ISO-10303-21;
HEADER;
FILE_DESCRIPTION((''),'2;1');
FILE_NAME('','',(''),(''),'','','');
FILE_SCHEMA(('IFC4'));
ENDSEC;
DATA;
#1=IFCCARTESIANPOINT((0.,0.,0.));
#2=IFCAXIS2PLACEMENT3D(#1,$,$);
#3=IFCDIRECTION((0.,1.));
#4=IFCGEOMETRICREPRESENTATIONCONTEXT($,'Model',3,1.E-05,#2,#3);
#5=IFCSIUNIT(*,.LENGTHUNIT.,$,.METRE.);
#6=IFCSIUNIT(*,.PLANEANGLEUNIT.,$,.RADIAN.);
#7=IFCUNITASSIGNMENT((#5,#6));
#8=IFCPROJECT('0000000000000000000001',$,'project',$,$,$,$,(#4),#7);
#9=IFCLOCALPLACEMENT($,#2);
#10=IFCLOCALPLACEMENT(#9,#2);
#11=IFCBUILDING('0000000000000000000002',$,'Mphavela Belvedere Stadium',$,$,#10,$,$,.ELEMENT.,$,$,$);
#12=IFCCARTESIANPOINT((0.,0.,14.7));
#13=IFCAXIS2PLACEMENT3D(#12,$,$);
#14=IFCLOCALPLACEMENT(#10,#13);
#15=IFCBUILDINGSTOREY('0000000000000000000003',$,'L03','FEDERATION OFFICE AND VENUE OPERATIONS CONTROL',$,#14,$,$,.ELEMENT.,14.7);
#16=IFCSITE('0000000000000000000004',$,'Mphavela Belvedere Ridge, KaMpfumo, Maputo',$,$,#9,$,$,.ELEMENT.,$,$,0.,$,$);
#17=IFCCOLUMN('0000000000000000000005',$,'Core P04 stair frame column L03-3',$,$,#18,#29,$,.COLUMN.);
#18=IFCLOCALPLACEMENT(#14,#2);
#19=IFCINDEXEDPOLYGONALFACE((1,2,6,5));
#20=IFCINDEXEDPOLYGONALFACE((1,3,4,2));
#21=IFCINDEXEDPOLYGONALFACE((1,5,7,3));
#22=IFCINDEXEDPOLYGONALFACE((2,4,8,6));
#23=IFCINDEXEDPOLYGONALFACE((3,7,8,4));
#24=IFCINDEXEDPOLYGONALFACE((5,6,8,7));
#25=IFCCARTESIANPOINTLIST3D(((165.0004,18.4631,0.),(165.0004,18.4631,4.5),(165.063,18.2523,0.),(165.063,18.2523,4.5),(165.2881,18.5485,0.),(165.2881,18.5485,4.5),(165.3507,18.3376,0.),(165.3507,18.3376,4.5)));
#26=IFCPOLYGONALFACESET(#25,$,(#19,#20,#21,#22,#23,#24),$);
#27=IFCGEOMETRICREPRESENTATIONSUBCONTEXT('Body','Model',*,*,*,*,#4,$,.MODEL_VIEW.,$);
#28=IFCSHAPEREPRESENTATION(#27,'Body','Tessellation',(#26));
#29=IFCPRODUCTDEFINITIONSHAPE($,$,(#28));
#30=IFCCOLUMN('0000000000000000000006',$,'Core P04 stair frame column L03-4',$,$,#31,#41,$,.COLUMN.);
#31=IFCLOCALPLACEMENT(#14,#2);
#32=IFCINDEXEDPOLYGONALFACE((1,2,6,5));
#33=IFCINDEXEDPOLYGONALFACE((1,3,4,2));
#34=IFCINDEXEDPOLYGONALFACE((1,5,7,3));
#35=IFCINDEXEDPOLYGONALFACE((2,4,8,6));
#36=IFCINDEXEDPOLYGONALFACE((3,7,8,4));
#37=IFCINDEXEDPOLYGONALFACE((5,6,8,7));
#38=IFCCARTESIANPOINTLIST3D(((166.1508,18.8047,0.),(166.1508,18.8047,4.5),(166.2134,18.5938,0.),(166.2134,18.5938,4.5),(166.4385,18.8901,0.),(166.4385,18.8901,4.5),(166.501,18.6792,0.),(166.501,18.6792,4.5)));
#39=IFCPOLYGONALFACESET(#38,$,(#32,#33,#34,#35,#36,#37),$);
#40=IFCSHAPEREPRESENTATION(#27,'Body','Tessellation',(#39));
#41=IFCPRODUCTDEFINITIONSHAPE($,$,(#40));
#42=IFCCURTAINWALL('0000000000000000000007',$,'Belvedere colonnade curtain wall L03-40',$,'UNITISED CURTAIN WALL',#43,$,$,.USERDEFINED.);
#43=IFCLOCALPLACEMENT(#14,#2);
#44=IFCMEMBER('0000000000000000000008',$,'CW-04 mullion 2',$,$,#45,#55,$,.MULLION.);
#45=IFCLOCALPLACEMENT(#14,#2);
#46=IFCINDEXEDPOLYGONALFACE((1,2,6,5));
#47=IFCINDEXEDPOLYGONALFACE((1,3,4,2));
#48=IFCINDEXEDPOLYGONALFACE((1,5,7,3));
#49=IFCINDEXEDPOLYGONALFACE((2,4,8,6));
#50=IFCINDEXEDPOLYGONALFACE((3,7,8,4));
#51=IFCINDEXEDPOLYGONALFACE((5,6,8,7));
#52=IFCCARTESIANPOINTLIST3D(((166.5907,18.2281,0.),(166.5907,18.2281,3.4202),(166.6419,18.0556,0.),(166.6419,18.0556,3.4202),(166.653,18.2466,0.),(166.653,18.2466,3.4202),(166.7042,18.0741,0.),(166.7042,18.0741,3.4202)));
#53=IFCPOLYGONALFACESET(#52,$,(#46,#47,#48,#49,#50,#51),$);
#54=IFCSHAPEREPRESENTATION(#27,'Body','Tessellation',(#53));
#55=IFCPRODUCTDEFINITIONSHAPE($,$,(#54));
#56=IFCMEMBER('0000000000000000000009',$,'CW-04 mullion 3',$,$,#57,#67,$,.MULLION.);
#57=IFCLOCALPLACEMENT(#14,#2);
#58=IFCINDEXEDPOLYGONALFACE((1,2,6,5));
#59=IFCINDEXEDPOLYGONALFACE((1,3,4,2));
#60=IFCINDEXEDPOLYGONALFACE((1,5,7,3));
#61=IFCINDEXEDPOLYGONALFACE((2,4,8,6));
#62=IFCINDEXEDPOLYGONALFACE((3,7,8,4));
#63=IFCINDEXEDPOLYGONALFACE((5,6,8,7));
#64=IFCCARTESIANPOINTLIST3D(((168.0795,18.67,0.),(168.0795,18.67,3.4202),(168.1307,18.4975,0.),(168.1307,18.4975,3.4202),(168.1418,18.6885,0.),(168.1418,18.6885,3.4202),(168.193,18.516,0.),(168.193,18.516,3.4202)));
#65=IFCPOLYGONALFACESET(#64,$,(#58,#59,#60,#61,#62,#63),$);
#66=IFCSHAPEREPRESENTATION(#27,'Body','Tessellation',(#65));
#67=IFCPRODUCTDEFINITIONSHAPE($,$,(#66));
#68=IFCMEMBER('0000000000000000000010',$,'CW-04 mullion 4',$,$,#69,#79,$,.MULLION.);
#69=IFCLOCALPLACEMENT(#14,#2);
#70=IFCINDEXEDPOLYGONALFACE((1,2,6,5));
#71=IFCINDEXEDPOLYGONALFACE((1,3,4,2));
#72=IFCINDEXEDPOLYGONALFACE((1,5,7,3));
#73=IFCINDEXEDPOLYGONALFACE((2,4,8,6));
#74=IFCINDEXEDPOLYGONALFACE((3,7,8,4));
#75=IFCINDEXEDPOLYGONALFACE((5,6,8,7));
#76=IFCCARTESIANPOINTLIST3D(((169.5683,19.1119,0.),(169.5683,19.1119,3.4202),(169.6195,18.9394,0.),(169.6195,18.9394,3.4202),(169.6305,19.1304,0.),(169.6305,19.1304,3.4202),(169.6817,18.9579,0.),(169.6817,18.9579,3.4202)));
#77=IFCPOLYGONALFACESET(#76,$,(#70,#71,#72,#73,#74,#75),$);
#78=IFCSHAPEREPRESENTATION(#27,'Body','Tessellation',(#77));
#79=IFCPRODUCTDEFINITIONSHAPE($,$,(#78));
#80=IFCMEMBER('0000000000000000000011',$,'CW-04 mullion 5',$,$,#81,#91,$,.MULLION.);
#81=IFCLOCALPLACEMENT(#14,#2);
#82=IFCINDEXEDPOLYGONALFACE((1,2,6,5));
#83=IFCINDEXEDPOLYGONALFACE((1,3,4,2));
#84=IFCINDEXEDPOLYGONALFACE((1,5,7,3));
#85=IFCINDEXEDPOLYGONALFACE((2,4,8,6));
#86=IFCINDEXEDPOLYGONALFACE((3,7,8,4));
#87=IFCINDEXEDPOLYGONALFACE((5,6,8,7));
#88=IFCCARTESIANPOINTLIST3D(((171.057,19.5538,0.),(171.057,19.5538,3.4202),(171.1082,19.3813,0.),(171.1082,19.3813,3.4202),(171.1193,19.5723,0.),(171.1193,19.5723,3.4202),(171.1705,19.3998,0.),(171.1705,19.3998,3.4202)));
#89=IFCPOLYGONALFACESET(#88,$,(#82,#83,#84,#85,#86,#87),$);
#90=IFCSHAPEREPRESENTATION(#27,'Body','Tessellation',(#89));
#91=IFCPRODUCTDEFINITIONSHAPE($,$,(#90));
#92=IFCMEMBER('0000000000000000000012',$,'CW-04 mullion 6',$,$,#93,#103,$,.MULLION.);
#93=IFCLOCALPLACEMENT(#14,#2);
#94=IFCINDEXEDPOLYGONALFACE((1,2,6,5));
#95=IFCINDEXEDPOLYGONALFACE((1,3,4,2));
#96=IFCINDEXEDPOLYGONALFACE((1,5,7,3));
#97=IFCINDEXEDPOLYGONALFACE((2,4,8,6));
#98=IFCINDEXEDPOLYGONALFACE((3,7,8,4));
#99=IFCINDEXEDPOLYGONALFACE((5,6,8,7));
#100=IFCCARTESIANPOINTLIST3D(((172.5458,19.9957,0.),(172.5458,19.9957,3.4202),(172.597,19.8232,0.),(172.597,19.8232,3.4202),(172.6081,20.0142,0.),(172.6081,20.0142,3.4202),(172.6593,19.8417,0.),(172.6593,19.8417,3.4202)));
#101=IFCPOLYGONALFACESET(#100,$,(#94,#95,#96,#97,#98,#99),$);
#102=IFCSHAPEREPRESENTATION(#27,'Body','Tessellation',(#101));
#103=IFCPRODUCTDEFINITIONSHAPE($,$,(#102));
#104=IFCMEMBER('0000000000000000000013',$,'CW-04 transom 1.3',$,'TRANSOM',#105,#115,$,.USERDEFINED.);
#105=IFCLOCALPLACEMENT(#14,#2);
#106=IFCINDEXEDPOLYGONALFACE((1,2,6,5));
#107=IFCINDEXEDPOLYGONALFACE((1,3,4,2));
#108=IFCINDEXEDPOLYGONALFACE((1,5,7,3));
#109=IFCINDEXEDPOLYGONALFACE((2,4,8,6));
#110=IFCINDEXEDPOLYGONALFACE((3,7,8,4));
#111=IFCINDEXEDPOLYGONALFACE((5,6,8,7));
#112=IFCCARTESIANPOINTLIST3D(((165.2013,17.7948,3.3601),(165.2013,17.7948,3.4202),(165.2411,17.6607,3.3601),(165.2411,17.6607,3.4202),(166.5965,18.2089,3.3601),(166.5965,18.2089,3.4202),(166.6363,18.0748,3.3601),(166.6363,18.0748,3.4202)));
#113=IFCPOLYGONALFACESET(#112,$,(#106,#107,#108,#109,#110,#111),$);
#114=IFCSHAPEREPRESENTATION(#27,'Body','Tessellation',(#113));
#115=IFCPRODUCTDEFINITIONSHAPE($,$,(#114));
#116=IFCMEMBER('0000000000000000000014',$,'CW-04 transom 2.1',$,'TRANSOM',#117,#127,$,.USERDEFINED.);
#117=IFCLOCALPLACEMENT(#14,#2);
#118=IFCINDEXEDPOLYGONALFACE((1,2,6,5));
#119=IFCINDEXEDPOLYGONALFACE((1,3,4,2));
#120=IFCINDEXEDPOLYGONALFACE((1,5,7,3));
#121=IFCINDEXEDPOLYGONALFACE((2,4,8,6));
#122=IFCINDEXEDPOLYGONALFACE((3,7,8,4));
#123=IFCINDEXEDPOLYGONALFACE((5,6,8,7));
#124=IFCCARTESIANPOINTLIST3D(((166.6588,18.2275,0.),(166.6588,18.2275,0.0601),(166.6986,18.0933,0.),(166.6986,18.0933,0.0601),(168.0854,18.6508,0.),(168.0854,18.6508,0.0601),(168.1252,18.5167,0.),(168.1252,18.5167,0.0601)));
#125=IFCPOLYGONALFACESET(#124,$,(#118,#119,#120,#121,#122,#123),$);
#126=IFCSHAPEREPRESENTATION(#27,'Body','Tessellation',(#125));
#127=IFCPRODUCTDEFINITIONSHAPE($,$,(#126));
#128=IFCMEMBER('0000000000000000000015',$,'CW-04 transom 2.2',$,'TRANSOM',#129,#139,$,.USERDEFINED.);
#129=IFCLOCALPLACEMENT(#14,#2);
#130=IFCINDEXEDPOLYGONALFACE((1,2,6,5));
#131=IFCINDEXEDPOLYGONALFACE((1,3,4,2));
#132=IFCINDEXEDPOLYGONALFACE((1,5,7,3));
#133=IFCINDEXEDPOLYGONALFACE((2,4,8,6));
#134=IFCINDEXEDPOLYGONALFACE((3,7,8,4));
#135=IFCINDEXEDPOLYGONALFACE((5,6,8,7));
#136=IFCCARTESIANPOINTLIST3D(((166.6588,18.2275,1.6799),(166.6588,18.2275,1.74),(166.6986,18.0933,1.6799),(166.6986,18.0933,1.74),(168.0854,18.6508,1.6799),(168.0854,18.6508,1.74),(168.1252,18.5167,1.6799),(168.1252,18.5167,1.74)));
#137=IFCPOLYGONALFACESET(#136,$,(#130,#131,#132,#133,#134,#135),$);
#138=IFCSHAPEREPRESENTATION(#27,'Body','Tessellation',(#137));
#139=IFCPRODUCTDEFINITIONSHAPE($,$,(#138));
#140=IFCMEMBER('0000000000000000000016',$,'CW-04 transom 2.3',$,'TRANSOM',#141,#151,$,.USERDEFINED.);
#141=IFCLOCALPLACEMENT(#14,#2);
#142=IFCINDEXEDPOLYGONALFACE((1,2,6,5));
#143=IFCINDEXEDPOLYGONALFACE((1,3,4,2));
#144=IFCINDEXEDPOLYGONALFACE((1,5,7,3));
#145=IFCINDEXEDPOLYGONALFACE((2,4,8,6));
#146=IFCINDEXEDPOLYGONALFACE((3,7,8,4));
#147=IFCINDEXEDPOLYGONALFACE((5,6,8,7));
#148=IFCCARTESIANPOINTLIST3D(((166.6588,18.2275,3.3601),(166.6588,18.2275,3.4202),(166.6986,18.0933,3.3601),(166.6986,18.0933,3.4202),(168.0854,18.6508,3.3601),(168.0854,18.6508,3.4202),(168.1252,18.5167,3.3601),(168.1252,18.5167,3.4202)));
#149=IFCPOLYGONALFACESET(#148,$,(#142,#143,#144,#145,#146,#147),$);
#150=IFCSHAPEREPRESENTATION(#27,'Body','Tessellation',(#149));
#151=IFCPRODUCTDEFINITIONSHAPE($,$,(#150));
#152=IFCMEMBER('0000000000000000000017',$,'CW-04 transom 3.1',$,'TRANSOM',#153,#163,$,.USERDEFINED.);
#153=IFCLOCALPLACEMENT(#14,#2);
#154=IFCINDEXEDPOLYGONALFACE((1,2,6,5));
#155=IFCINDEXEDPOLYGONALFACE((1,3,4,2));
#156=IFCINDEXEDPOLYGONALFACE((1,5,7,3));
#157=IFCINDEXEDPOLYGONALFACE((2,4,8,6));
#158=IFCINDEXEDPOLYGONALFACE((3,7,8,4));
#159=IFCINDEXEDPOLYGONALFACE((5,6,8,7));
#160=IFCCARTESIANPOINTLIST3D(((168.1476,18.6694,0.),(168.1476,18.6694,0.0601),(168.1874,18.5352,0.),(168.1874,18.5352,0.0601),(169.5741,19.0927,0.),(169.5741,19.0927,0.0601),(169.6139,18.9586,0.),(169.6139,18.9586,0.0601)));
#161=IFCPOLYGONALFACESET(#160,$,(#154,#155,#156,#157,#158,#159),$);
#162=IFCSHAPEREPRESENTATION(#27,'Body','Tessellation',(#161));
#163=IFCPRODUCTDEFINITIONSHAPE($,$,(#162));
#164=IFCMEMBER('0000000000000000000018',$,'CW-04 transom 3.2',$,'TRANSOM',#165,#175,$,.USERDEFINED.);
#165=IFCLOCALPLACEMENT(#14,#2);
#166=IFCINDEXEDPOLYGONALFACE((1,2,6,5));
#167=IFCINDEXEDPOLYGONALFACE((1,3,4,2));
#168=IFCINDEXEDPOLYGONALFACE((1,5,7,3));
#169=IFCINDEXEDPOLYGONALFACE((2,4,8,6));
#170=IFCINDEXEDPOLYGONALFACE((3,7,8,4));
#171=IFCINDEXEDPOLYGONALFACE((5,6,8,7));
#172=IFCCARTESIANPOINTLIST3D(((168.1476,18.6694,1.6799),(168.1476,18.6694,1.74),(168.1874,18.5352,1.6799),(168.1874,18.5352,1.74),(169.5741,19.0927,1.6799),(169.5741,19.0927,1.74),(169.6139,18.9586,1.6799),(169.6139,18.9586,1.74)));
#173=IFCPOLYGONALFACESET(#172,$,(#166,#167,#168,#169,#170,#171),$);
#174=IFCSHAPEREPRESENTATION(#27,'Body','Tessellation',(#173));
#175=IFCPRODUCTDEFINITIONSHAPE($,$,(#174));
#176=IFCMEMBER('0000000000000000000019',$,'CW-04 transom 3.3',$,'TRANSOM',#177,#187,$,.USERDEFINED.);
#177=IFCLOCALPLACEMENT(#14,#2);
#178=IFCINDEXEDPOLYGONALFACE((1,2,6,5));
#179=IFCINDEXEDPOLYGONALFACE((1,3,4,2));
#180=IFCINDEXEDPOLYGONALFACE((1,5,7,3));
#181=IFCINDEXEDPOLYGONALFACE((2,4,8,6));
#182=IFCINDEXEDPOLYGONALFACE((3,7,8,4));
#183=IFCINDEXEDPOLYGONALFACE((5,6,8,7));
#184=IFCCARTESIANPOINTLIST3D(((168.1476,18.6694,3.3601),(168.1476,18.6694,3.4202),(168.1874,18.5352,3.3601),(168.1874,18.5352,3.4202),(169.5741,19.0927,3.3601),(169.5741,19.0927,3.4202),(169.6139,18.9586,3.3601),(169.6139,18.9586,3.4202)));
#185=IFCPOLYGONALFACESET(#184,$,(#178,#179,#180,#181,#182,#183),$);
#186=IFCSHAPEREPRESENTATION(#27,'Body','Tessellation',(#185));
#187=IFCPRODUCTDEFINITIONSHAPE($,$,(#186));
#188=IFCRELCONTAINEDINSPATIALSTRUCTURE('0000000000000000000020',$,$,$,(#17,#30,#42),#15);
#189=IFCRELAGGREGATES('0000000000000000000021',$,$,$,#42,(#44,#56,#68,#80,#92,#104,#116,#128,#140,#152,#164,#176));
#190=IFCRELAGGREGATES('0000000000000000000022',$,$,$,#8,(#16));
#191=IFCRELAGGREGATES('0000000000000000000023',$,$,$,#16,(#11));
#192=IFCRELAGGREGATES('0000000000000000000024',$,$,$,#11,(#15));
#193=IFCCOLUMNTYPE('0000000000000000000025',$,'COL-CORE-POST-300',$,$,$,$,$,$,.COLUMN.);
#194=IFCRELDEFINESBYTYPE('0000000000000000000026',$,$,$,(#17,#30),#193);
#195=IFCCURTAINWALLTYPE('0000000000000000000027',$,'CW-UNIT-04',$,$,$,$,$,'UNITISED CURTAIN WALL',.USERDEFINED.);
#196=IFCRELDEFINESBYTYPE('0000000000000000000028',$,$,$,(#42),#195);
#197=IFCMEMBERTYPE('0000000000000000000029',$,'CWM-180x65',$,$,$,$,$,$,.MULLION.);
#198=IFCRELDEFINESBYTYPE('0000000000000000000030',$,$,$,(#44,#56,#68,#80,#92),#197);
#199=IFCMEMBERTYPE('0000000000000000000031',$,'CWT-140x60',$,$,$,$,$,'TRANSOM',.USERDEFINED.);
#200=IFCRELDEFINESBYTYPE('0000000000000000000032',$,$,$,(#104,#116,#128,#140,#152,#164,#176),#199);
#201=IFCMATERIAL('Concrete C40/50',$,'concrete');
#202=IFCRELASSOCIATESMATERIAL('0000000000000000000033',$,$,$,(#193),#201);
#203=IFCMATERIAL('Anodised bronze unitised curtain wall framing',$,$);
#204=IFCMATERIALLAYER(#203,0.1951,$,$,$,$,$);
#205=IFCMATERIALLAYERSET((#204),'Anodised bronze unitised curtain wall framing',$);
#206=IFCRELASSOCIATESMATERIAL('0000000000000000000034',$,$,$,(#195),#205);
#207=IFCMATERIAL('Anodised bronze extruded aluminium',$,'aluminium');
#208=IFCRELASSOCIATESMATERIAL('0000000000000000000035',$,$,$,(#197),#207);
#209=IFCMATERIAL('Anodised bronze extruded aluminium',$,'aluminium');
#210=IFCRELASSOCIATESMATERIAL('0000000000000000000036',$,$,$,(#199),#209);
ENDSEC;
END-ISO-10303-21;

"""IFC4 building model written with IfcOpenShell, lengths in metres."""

from ifc_helpers import new_model, si_unit, direction, frame, origin, origin_2d, place, context, subcontext, project, spatial, rectangle, extrude, material, layer, layer_set, material_profile, profile_set, type_object, element, aggregate, save


model = new_model("IFC4")

# Units and contexts
model_context = context("Model", 3, precision=1e-05, world=origin(), true_north=direction((0.0, 1.0)))
body_context = subcontext(model_context, "Body", "Model", "MODEL_VIEW")
ifc_project = project(units=[si_unit("LENGTHUNIT", "METRE"), si_unit("PLANEANGLEUNIT", "RADIAN")], contexts=[model_context])

# Site, building, storey
site_placement = place(None, origin())
site = spatial("IfcSite", under=ifc_project, at=site_placement, Name="Mphavela Belvedere Ridge, KaMpfumo, Maputo", CompositionType="ELEMENT", RefElevation=0.0)
building_placement = place(site_placement, origin())
building = spatial("IfcBuilding", under=site, at=building_placement, Name="Mphavela Belvedere Stadium", CompositionType="ELEMENT")
storey_placement = place(building_placement, frame((0.0, 0.0, 14.7)))
storey = spatial("IfcBuildingStorey", under=building, at=storey_placement, Name="L03", Description="FEDERATION OFFICE AND VENUE OPERATIONS CONTROL", CompositionType="ELEMENT", Elevation=14.7)

# Columns
ifc_material_1 = material(Name="Concrete C40/50", Category="concrete")
ifc_material_profile_1 = material_profile(ifc_material_1, rectangle(XDim=0.3, YDim=0.22, at=origin_2d()), Name="RC 300x220")
ifc_profile_set_1 = profile_set([ifc_material_profile_1], Name="Concrete C40/50")
column_type = type_object("IfcColumnType", Name="COL-CORE-POST-300", PredefinedType="COLUMN", material=ifc_profile_set_1)
for number, where, z_axis, x_axis, name in (
    (1, (165.1755, 18.4004, 0.0), (0.0, 0.0, 1.0), (-0.958671, -0.284517, 0.0), "Core P04 stair frame column L03-3"),
    (2, (166.3259, 18.7419, 0.0), (0.0, 0.0, 1.0), (-0.958671, -0.284517, 0.0), "Core P04 stair frame column L03-4"),
):
    element("IfcColumn", number, at=place(storey_placement, frame(where, z_axis=z_axis, x_axis=x_axis)), inside=storey, type_object=column_type, Name=name, PredefinedType="COLUMN", context=body_context, shape_type="SweptSolid", body=[
        extrude(rectangle(XDim=0.3, YDim=0.22, at=origin_2d()), origin(), (0.0, 0.0, 1.0), 4.5),
    ])

# Curtain wall, members
ifc_material_2 = material(Name="Anodised bronze unitised curtain wall framing")
ifc_layer_1 = layer(ifc_material_2, 0.1951)
ifc_layer_set_1 = layer_set([ifc_layer_1], Name="Anodised bronze unitised curtain wall framing")
curtain_wall_type = type_object("IfcCurtainWallType", Name="CW-UNIT-04", ElementType="UNITISED CURTAIN WALL", PredefinedType="USERDEFINED", material=ifc_layer_set_1)
curtain_wall_placement = place(storey_placement, origin())
curtain_wall = element("IfcCurtainWall", 3, at=curtain_wall_placement, inside=storey, type_object=curtain_wall_type, Name="Belvedere colonnade curtain wall L03-40", ObjectType="UNITISED CURTAIN WALL", PredefinedType="USERDEFINED")
ifc_material_3 = material(Name="Anodised bronze extruded aluminium", Category="aluminium")
ifc_material_profile_2 = material_profile(ifc_material_3, rectangle(XDim=0.1799, YDim=0.0649, at=origin_2d()), Name="CW-MUL 180x65")
ifc_profile_set_2 = profile_set([ifc_material_profile_2], Name="Anodised bronze extruded aluminium")
member_type_1 = type_object("IfcMemberType", Name="CWM-180x65", PredefinedType="MULLION", material=ifc_profile_set_2)
member_1_placement = place(storey_placement, frame((166.6475, 18.1511, 0.0), z_axis=(0.0, 0.0, 1.0), x_axis=(-0.284565, 0.958657, 0.0)))
member_1 = element("IfcMember", 4, at=member_1_placement, type_object=member_type_1, Name="CW-04 mullion 2", PredefinedType="MULLION", context=body_context, shape_type="SweptSolid", body=[
    extrude(rectangle(XDim=0.1799, YDim=0.0649, at=origin_2d()), origin(), (0.0, 0.0, 1.0), 3.4202),
])
member_2_placement = place(storey_placement, frame((168.1362, 18.593, 0.0), z_axis=(0.0, 0.0, 1.0), x_axis=(-0.284565, 0.958657, 0.0)))
member_2 = element("IfcMember", 5, at=member_2_placement, type_object=member_type_1, Name="CW-04 mullion 3", PredefinedType="MULLION", context=body_context, shape_type="SweptSolid", body=[
    extrude(rectangle(XDim=0.1799, YDim=0.0649, at=origin_2d()), origin(), (0.0, 0.0, 1.0), 3.4202),
])
member_3_placement = place(storey_placement, frame((169.625, 19.0349, 0.0), z_axis=(0.0, 0.0, 1.0), x_axis=(-0.284565, 0.958657, 0.0)))
member_3 = element("IfcMember", 6, at=member_3_placement, type_object=member_type_1, Name="CW-04 mullion 4", PredefinedType="MULLION", context=body_context, shape_type="SweptSolid", body=[
    extrude(rectangle(XDim=0.1799, YDim=0.0649, at=origin_2d()), origin(), (0.0, 0.0, 1.0), 3.4202),
])
member_4_placement = place(storey_placement, frame((171.1138, 19.4768, 0.0), z_axis=(0.0, 0.0, 1.0), x_axis=(-0.284565, 0.958657, 0.0)))
member_4 = element("IfcMember", 7, at=member_4_placement, type_object=member_type_1, Name="CW-04 mullion 5", PredefinedType="MULLION", context=body_context, shape_type="SweptSolid", body=[
    extrude(rectangle(XDim=0.1799, YDim=0.0649, at=origin_2d()), origin(), (0.0, 0.0, 1.0), 3.4202),
])
member_5_placement = place(storey_placement, frame((172.6025, 19.9187, 0.0), z_axis=(0.0, 0.0, 1.0), x_axis=(-0.284565, 0.958657, 0.0)))
member_5 = element("IfcMember", 8, at=member_5_placement, type_object=member_type_1, Name="CW-04 mullion 6", PredefinedType="MULLION", context=body_context, shape_type="SweptSolid", body=[
    extrude(rectangle(XDim=0.1799, YDim=0.0649, at=origin_2d()), origin(), (0.0, 0.0, 1.0), 3.4202),
])
ifc_material_4 = material(Name="Anodised bronze extruded aluminium", Category="aluminium")
ifc_material_profile_3 = material_profile(ifc_material_4, rectangle(XDim=0.1399, YDim=0.0601, at=origin_2d()), Name="CW-TRN 140x60")
ifc_profile_set_3 = profile_set([ifc_material_profile_3], Name="Anodised bronze extruded aluminium")
member_type_2 = type_object("IfcMemberType", Name="CWT-140x60", ElementType="TRANSOM", PredefinedType="USERDEFINED", material=ifc_profile_set_3)
member_6_placement = place(storey_placement, frame((165.2212, 17.7278, 3.3901), z_axis=(0.958676, 0.2845, 0.0), x_axis=(-0.2845, 0.958676, 0.0)))
member_6 = element("IfcMember", 9, at=member_6_placement, type_object=member_type_2, Name="CW-04 transom 1.3", ObjectType="TRANSOM", PredefinedType="USERDEFINED", context=body_context, shape_type="SweptSolid", body=[
    extrude(rectangle(XDim=0.1399, YDim=0.0601, at=origin_2d()), origin(), (0.0, 0.0, 1.0), 1.4553),
])
member_7_placement = place(storey_placement, frame((166.6787, 18.1604, 0.03), z_axis=(0.958676, 0.284502, 0.0), x_axis=(-0.284502, 0.958676, 0.0)))
member_7 = element("IfcMember", 10, at=member_7_placement, type_object=member_type_2, Name="CW-04 transom 2.1", ObjectType="TRANSOM", PredefinedType="USERDEFINED", context=body_context, shape_type="SweptSolid", body=[
    extrude(rectangle(XDim=0.1399, YDim=0.0601, at=origin_2d()), origin(), (0.0, 0.0, 1.0), 1.488),
])
member_8_placement = place(storey_placement, frame((166.6787, 18.1604, 1.71), z_axis=(0.958676, 0.284502, 0.0), x_axis=(-0.284502, 0.958676, 0.0)))
member_8 = element("IfcMember", 11, at=member_8_placement, type_object=member_type_2, Name="CW-04 transom 2.2", ObjectType="TRANSOM", PredefinedType="USERDEFINED", context=body_context, shape_type="SweptSolid", body=[
    extrude(rectangle(XDim=0.1399, YDim=0.0601, at=origin_2d()), origin(), (0.0, 0.0, 1.0), 1.488),
])
member_9_placement = place(storey_placement, frame((166.6787, 18.1604, 3.3901), z_axis=(0.958676, 0.284502, 0.0), x_axis=(-0.284502, 0.958676, 0.0)))
member_9 = element("IfcMember", 12, at=member_9_placement, type_object=member_type_2, Name="CW-04 transom 2.3", ObjectType="TRANSOM", PredefinedType="USERDEFINED", context=body_context, shape_type="SweptSolid", body=[
    extrude(rectangle(XDim=0.1399, YDim=0.0601, at=origin_2d()), origin(), (0.0, 0.0, 1.0), 1.488),
])
member_10_placement = place(storey_placement, frame((168.1675, 18.6023, 0.03), z_axis=(0.958676, 0.284502, 0.0), x_axis=(-0.284502, 0.958676, 0.0)))
member_10 = element("IfcMember", 13, at=member_10_placement, type_object=member_type_2, Name="CW-04 transom 3.1", ObjectType="TRANSOM", PredefinedType="USERDEFINED", context=body_context, shape_type="SweptSolid", body=[
    extrude(rectangle(XDim=0.1399, YDim=0.0601, at=origin_2d()), origin(), (0.0, 0.0, 1.0), 1.488),
])
member_11_placement = place(storey_placement, frame((168.1675, 18.6023, 1.71), z_axis=(0.958676, 0.284502, 0.0), x_axis=(-0.284502, 0.958676, 0.0)))
member_11 = element("IfcMember", 14, at=member_11_placement, type_object=member_type_2, Name="CW-04 transom 3.2", ObjectType="TRANSOM", PredefinedType="USERDEFINED", context=body_context, shape_type="SweptSolid", body=[
    extrude(rectangle(XDim=0.1399, YDim=0.0601, at=origin_2d()), origin(), (0.0, 0.0, 1.0), 1.488),
])
member_12_placement = place(storey_placement, frame((168.1675, 18.6023, 3.3901), z_axis=(0.958676, 0.284502, 0.0), x_axis=(-0.284502, 0.958676, 0.0)))
member_12 = element("IfcMember", 15, at=member_12_placement, type_object=member_type_2, Name="CW-04 transom 3.3", ObjectType="TRANSOM", PredefinedType="USERDEFINED", context=body_context, shape_type="SweptSolid", body=[
    extrude(rectangle(XDim=0.1399, YDim=0.0601, at=origin_2d()), origin(), (0.0, 0.0, 1.0), 1.488),
])
aggregate(curtain_wall, [member_1, member_2, member_3, member_4, member_5, member_6, member_7, member_8, member_9, member_10, member_11, member_12])

save(model, "model.ifc")
